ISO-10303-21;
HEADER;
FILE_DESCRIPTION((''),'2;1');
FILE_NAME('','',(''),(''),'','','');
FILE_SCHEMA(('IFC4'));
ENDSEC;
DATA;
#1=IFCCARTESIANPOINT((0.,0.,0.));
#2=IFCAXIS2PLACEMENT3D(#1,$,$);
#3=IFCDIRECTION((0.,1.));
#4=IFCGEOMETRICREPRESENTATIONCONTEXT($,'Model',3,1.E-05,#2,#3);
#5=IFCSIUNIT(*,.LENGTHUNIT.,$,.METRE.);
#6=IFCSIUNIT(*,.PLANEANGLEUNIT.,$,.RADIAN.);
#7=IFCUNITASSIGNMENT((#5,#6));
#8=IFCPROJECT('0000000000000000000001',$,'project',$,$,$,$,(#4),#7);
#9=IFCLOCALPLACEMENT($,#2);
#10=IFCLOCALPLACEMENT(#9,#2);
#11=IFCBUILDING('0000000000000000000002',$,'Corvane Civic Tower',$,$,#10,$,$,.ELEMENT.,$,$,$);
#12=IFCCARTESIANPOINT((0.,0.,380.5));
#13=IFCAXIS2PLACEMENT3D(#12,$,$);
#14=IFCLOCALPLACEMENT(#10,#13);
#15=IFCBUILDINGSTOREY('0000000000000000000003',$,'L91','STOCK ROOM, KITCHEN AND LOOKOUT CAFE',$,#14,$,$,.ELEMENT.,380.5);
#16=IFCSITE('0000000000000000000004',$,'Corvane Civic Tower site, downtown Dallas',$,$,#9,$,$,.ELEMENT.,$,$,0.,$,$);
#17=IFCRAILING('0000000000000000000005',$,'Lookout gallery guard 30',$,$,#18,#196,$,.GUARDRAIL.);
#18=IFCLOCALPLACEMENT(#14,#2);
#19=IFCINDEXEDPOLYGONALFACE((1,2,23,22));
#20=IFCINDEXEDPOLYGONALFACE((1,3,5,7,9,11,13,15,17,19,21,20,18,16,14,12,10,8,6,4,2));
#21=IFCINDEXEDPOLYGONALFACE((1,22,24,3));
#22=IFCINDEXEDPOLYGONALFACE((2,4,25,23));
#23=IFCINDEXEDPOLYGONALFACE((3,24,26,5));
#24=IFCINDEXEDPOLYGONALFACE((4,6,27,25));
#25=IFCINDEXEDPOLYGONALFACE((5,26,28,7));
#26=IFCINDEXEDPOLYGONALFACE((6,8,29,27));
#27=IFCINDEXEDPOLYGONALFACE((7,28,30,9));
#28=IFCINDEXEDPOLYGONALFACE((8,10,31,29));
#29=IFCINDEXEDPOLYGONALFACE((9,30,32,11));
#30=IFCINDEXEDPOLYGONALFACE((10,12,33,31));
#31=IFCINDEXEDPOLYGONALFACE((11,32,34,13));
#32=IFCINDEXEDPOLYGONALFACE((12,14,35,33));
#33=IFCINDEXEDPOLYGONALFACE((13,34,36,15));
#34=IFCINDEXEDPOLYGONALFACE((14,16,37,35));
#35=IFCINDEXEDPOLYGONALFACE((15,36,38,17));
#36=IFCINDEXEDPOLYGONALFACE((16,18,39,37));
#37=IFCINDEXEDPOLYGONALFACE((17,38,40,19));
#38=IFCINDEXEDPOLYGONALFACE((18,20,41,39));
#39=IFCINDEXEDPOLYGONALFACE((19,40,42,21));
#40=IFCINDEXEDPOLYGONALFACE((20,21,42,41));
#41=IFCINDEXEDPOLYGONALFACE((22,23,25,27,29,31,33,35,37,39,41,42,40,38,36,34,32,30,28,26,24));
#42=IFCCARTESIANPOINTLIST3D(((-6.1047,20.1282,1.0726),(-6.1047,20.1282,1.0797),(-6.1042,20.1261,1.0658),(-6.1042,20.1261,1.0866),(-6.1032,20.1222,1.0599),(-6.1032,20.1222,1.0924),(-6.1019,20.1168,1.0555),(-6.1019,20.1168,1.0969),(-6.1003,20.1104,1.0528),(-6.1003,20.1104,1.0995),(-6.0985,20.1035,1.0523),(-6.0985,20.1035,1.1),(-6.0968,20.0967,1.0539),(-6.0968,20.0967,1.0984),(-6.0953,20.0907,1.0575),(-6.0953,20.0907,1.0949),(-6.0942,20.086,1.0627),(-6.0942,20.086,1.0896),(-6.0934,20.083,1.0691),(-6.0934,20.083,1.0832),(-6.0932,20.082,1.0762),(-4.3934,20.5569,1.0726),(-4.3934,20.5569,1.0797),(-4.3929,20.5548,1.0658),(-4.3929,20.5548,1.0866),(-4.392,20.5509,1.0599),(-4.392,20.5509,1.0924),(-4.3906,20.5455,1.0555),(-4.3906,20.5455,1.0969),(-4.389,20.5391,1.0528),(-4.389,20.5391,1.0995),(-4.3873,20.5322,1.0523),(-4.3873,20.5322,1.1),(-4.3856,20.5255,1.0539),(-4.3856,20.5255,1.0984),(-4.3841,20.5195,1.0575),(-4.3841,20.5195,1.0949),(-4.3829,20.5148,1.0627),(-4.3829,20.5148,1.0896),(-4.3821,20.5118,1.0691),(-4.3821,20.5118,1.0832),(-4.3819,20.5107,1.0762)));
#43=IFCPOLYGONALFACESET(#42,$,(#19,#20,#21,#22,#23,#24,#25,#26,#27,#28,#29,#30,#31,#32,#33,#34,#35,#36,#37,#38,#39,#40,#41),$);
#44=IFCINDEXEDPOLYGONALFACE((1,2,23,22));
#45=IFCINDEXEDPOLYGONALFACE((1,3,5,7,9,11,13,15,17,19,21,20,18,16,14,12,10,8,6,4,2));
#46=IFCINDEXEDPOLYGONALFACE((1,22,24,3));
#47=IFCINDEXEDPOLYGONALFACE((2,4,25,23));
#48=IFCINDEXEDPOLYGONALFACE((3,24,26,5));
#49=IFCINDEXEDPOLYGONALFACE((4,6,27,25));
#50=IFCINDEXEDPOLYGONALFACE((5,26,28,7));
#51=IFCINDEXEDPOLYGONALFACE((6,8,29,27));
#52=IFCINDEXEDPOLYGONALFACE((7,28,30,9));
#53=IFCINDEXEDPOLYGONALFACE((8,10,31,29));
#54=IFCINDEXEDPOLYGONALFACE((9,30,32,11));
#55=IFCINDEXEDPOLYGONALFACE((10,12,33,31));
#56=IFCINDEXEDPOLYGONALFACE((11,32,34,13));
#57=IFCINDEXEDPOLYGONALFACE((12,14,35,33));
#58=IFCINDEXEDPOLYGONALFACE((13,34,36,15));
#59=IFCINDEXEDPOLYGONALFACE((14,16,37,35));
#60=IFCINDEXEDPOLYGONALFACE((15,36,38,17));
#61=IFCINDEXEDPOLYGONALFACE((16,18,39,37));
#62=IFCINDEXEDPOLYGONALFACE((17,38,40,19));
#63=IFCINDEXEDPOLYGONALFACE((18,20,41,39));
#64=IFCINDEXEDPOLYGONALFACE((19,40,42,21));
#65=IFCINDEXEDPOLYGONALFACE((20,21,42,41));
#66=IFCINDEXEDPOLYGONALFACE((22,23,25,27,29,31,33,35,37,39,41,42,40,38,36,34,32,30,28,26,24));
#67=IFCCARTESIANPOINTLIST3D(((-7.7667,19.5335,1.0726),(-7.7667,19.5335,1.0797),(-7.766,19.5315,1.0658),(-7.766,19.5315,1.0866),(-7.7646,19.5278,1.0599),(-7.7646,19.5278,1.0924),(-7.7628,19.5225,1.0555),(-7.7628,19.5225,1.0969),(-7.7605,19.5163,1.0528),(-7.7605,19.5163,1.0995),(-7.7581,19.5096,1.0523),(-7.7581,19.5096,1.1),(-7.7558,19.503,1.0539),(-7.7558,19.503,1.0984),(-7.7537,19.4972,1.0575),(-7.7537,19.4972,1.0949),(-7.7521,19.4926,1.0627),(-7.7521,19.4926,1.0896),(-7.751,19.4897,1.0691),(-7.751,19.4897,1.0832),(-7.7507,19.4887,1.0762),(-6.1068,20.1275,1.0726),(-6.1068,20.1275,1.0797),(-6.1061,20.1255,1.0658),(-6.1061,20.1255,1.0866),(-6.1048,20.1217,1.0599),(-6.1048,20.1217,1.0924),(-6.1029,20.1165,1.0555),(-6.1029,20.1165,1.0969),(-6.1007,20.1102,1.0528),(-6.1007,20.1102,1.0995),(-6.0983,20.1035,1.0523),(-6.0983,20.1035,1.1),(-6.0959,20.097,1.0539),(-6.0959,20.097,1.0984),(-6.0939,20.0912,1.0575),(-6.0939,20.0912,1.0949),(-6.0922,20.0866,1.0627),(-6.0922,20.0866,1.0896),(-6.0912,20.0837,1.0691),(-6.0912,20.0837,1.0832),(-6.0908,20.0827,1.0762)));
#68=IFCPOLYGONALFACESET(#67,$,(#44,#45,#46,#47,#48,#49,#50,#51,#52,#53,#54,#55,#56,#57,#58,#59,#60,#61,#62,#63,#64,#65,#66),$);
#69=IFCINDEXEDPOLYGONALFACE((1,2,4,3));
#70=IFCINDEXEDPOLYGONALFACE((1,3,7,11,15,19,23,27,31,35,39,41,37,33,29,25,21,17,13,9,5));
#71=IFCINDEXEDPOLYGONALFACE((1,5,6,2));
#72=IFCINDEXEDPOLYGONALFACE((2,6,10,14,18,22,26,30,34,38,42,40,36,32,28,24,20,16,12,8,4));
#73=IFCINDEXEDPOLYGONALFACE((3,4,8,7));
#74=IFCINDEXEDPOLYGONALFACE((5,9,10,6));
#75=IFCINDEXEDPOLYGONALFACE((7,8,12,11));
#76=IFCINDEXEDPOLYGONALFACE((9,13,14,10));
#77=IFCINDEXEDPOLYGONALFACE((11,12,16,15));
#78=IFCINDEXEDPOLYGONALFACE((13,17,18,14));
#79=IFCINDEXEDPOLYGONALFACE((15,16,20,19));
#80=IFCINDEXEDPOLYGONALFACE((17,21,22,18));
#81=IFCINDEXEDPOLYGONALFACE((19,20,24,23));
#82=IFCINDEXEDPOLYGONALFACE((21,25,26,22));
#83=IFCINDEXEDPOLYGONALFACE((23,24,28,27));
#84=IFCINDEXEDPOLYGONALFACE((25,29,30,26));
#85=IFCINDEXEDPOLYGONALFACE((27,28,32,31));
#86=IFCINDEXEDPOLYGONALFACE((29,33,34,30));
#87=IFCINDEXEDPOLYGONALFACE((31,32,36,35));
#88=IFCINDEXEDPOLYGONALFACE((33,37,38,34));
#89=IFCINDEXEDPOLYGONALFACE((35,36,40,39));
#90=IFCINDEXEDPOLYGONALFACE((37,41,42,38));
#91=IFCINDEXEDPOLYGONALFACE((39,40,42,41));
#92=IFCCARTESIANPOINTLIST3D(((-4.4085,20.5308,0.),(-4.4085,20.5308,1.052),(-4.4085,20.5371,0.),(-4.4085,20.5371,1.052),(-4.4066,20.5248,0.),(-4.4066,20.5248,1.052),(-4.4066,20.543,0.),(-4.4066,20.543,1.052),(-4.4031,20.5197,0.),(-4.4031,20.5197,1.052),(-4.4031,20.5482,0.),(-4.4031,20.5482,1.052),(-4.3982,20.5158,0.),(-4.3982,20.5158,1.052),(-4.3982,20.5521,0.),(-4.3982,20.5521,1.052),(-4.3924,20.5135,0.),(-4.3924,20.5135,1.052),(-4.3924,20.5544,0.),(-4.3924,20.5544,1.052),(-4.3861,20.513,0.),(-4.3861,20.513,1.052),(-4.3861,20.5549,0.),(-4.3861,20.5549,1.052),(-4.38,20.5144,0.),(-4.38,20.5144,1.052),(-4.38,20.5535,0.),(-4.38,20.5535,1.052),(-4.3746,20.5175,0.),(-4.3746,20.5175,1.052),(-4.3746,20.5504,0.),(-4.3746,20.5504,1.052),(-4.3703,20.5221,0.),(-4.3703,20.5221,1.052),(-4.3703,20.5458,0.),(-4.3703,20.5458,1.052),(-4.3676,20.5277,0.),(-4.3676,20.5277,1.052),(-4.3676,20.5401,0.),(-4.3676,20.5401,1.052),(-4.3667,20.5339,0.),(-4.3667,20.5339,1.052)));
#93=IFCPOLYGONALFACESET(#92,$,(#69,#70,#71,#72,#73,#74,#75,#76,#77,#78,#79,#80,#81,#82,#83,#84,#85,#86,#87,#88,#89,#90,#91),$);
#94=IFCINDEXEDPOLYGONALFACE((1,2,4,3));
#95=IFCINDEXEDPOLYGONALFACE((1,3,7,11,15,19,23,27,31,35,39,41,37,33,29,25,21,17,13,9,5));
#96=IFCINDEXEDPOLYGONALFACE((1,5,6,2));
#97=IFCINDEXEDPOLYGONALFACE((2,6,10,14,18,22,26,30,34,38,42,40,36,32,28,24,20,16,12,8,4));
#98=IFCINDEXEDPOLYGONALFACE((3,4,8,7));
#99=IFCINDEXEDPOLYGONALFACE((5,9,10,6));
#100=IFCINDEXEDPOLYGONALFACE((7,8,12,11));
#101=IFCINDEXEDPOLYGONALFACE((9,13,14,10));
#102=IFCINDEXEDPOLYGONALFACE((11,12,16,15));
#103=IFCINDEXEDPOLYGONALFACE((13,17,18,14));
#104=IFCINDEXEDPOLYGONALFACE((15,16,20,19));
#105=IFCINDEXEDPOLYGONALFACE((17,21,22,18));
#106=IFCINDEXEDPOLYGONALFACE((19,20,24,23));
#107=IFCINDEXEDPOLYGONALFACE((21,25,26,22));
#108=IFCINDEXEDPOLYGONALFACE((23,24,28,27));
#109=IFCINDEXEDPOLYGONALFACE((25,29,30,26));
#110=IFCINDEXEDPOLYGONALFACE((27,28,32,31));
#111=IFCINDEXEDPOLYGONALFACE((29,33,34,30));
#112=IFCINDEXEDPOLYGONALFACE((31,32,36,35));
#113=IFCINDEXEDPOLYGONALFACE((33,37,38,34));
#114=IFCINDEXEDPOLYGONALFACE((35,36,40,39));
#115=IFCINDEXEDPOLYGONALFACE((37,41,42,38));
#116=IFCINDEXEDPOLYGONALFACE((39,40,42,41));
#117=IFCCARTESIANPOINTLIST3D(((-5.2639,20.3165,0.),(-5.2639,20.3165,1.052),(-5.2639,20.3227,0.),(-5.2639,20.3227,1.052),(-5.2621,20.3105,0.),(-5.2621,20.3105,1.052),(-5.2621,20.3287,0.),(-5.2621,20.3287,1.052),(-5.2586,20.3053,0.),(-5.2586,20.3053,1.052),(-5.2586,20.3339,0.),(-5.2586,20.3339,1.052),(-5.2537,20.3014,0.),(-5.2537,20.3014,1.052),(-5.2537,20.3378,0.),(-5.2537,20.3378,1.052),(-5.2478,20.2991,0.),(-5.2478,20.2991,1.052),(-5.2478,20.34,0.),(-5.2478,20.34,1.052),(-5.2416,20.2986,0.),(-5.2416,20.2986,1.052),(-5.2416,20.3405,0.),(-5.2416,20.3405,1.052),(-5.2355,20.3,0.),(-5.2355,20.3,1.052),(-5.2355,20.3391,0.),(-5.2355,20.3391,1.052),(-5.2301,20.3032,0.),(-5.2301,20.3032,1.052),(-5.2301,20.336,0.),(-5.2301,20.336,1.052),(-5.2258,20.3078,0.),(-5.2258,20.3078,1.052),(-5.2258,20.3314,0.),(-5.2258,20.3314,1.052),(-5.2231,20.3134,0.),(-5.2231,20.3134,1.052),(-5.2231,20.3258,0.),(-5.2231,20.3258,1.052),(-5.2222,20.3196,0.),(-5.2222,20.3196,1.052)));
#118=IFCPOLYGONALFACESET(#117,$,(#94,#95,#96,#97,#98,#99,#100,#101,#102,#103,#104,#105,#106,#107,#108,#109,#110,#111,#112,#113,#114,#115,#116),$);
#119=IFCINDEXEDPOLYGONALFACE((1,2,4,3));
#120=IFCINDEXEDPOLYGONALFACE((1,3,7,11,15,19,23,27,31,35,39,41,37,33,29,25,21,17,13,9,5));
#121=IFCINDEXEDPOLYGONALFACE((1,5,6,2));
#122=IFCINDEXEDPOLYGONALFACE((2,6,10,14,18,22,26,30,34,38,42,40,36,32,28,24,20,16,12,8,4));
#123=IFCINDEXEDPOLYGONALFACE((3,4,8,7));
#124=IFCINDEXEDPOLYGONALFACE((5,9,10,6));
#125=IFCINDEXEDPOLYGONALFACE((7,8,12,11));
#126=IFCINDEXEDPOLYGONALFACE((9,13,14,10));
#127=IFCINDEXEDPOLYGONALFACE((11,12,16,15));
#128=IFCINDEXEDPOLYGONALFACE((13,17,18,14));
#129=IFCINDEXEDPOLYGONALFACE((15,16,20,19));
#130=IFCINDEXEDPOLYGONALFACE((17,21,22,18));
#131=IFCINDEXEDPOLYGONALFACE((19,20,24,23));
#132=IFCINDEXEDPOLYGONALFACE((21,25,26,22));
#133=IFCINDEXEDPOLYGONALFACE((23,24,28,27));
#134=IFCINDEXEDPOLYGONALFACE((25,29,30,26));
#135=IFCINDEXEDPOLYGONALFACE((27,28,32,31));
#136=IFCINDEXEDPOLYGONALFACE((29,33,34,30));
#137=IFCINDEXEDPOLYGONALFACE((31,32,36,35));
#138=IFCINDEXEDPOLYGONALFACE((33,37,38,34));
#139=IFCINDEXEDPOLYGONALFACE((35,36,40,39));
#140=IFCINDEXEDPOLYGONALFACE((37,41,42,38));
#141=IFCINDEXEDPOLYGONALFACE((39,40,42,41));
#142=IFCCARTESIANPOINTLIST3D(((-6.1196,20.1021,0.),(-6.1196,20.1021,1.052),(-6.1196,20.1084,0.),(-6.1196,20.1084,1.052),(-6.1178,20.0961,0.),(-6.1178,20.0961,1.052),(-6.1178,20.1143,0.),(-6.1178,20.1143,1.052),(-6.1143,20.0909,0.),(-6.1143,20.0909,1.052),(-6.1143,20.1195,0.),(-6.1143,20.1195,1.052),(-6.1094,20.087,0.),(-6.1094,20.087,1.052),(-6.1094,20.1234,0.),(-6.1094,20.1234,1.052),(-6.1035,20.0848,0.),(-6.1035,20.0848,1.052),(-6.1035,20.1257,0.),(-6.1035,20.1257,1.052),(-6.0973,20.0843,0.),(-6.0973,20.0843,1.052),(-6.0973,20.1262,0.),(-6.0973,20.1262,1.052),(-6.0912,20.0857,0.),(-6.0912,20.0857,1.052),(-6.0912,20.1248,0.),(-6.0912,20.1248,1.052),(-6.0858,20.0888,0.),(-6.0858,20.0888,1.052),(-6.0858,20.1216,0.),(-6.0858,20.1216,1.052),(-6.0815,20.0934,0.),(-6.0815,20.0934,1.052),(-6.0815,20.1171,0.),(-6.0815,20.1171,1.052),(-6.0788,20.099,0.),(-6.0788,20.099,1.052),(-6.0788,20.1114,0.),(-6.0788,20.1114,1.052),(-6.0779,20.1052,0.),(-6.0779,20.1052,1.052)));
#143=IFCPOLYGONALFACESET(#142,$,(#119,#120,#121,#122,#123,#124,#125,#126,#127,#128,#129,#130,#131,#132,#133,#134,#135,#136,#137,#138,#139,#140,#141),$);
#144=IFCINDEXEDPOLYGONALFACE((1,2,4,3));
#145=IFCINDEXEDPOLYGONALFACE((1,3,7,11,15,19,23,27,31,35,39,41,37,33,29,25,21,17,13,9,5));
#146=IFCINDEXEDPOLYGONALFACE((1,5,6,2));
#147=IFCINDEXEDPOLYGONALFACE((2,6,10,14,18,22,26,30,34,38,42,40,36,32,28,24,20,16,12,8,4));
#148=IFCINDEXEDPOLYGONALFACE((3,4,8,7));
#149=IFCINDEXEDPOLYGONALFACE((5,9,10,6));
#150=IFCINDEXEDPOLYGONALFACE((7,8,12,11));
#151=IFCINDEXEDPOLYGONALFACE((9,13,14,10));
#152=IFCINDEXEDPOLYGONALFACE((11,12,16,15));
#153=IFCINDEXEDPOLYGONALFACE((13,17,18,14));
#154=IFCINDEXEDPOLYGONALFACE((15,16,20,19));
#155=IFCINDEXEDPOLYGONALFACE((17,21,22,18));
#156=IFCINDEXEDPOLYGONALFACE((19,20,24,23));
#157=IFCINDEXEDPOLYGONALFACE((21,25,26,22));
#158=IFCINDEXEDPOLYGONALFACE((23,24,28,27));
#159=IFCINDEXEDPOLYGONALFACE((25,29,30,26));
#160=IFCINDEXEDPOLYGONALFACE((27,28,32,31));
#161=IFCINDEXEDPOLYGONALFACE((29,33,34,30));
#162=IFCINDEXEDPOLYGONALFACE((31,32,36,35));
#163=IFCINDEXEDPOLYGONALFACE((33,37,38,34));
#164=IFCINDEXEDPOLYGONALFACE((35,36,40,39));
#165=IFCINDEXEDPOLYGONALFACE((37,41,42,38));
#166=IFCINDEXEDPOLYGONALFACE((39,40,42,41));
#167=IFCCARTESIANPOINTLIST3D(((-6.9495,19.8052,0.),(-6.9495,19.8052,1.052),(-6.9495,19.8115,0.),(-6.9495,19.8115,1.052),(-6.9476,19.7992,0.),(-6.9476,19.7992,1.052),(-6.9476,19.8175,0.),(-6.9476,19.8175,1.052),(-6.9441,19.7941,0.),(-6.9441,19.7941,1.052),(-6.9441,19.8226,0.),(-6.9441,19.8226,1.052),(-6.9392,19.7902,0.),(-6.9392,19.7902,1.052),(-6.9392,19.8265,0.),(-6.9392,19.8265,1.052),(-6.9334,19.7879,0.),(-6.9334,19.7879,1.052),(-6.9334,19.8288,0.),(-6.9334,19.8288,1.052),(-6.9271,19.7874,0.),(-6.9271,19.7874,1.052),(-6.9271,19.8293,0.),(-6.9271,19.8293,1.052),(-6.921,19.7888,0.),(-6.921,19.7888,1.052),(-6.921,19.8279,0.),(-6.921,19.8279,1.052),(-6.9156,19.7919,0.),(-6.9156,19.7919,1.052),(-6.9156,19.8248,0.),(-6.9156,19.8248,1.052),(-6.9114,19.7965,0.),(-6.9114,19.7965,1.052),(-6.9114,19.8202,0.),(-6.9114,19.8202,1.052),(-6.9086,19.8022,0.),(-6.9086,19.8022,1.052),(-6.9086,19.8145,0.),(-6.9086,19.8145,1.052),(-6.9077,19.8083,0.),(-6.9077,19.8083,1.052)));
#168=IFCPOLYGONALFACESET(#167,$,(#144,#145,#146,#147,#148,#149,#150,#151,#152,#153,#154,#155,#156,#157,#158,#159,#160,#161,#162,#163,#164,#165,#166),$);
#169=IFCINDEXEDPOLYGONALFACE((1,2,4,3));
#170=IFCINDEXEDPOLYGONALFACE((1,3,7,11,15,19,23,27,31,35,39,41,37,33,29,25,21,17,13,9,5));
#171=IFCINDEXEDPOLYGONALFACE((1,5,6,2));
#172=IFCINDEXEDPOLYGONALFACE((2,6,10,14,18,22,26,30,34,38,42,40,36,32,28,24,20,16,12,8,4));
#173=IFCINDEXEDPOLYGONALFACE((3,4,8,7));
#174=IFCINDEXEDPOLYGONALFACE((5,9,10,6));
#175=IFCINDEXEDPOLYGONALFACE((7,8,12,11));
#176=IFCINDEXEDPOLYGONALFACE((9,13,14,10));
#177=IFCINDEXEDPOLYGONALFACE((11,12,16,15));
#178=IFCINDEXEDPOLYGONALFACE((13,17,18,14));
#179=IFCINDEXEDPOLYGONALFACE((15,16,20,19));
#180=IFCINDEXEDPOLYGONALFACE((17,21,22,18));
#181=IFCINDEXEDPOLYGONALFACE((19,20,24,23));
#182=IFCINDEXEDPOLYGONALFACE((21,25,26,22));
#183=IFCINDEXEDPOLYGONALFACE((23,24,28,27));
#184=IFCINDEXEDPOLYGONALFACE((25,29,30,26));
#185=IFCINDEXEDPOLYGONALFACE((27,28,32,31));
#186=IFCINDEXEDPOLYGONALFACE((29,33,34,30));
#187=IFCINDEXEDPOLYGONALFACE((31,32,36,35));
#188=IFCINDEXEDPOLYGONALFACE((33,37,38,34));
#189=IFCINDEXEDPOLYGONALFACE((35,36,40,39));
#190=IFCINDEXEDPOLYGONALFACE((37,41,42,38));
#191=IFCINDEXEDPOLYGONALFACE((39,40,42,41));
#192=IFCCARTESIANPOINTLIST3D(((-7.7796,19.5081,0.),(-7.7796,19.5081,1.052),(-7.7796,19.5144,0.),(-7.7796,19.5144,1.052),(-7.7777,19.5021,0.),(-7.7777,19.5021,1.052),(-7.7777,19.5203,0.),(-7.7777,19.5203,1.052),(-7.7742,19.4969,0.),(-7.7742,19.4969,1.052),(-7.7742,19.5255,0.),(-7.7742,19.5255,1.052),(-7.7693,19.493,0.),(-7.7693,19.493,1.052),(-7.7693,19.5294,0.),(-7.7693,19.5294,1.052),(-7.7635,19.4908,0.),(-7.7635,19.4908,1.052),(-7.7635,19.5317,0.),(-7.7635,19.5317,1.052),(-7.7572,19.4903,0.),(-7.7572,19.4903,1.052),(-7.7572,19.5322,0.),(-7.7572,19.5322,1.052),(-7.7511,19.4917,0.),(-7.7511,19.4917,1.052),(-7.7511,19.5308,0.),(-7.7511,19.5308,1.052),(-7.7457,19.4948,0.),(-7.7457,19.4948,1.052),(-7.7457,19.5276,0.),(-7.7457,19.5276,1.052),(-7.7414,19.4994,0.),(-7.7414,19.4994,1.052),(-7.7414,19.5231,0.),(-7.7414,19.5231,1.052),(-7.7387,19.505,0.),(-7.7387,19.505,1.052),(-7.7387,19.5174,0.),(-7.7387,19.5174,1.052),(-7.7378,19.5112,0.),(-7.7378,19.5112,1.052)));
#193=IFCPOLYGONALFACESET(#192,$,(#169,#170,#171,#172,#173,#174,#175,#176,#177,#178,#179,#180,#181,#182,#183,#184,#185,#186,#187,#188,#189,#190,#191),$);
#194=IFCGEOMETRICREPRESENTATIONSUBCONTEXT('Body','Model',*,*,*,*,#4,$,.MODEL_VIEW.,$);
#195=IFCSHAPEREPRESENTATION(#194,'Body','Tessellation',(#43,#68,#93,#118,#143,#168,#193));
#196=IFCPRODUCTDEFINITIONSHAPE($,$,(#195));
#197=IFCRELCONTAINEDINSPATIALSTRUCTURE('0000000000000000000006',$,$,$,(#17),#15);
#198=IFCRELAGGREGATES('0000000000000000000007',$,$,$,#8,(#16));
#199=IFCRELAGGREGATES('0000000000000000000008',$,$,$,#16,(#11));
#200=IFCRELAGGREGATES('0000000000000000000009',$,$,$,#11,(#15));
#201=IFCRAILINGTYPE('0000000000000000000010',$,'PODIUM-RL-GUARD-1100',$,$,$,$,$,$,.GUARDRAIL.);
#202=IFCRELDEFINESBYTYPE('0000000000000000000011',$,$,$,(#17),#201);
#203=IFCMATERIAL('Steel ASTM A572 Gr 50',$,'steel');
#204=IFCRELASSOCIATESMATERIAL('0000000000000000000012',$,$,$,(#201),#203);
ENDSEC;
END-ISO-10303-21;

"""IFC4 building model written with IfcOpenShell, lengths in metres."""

from ifc_helpers import new_model, si_unit, direction, frame, origin, origin_2d, place, context, subcontext, project, spatial, circle, extrude, material, type_object, element, save


model = new_model("IFC4")

# Units and contexts
model_context = context("Model", 3, precision=1e-05, world=origin(), true_north=direction((0.0, 1.0)))
body_context = subcontext(model_context, "Body", "Model", "MODEL_VIEW")
ifc_project = project(units=[si_unit("LENGTHUNIT", "METRE"), si_unit("PLANEANGLEUNIT", "RADIAN")], contexts=[model_context])

# Site, building, storey
site_placement = place(None, origin())
site = spatial("IfcSite", under=ifc_project, at=site_placement, Name="Corvane Civic Tower site, downtown Dallas", CompositionType="ELEMENT", RefElevation=0.0)
building_placement = place(site_placement, origin())
building = spatial("IfcBuilding", under=site, at=building_placement, Name="Corvane Civic Tower", CompositionType="ELEMENT")
storey_placement = place(building_placement, frame((0.0, 0.0, 380.5)))
storey = spatial("IfcBuildingStorey", under=building, at=storey_placement, Name="L91", Description="STOCK ROOM, KITCHEN AND LOOKOUT CAFE", CompositionType="ELEMENT", Elevation=380.5)

# Railing
ifc_material_1 = material(Name="Steel ASTM A572 Gr 50", Category="steel")
railing_type = type_object("IfcRailingType", Name="PODIUM-RL-GUARD-1100", PredefinedType="GUARDRAIL", material=ifc_material_1)
railing_1_placement = place(storey_placement, frame((-4.3877, 20.5339, 0.0)))
element("IfcRailing", 1, at=railing_1_placement, inside=storey, type_object=railing_type, Name="Lookout gallery guard 30", PredefinedType="GUARDRAIL", context=body_context, shape_type="SweptSolid", body=[
    extrude(circle(Radius=0.0239, at=origin_2d()), frame((0.0, 0.0, 1.0762), z_axis=(-0.97002, -0.243024, 0.0), x_axis=(0.243024, -0.97002, 0.0)), (0.0, 0.0, 1.0), 1.7642),
    extrude(circle(Radius=0.0239, at=origin_2d()), frame((-1.7112, -0.4287, 1.0762), z_axis=(-0.941532, -0.336924, 0.0), x_axis=(0.336924, -0.941532, 0.0)), (0.0, 0.0, 1.0), 1.7629),
    extrude(circle(Radius=0.021, at=origin_2d()), origin(), (0.0, 0.0, 1.0), 1.052),
    extrude(circle(Radius=0.021, at=origin_2d()), frame((-0.8555, -0.2144, 0.0)), (0.0, 0.0, 1.0), 1.052),
    extrude(circle(Radius=0.021, at=origin_2d()), frame((-1.7112, -0.4287, 0.0)), (0.0, 0.0, 1.0), 1.052),
    extrude(circle(Radius=0.021, at=origin_2d()), frame((-2.541, -0.7256, 0.0)), (0.0, 0.0, 1.0), 1.052),
    extrude(circle(Radius=0.021, at=origin_2d()), frame((-3.3711, -1.0227, 0.0)), (0.0, 0.0, 1.0), 1.052),
])

save(model, "model.ifc")
